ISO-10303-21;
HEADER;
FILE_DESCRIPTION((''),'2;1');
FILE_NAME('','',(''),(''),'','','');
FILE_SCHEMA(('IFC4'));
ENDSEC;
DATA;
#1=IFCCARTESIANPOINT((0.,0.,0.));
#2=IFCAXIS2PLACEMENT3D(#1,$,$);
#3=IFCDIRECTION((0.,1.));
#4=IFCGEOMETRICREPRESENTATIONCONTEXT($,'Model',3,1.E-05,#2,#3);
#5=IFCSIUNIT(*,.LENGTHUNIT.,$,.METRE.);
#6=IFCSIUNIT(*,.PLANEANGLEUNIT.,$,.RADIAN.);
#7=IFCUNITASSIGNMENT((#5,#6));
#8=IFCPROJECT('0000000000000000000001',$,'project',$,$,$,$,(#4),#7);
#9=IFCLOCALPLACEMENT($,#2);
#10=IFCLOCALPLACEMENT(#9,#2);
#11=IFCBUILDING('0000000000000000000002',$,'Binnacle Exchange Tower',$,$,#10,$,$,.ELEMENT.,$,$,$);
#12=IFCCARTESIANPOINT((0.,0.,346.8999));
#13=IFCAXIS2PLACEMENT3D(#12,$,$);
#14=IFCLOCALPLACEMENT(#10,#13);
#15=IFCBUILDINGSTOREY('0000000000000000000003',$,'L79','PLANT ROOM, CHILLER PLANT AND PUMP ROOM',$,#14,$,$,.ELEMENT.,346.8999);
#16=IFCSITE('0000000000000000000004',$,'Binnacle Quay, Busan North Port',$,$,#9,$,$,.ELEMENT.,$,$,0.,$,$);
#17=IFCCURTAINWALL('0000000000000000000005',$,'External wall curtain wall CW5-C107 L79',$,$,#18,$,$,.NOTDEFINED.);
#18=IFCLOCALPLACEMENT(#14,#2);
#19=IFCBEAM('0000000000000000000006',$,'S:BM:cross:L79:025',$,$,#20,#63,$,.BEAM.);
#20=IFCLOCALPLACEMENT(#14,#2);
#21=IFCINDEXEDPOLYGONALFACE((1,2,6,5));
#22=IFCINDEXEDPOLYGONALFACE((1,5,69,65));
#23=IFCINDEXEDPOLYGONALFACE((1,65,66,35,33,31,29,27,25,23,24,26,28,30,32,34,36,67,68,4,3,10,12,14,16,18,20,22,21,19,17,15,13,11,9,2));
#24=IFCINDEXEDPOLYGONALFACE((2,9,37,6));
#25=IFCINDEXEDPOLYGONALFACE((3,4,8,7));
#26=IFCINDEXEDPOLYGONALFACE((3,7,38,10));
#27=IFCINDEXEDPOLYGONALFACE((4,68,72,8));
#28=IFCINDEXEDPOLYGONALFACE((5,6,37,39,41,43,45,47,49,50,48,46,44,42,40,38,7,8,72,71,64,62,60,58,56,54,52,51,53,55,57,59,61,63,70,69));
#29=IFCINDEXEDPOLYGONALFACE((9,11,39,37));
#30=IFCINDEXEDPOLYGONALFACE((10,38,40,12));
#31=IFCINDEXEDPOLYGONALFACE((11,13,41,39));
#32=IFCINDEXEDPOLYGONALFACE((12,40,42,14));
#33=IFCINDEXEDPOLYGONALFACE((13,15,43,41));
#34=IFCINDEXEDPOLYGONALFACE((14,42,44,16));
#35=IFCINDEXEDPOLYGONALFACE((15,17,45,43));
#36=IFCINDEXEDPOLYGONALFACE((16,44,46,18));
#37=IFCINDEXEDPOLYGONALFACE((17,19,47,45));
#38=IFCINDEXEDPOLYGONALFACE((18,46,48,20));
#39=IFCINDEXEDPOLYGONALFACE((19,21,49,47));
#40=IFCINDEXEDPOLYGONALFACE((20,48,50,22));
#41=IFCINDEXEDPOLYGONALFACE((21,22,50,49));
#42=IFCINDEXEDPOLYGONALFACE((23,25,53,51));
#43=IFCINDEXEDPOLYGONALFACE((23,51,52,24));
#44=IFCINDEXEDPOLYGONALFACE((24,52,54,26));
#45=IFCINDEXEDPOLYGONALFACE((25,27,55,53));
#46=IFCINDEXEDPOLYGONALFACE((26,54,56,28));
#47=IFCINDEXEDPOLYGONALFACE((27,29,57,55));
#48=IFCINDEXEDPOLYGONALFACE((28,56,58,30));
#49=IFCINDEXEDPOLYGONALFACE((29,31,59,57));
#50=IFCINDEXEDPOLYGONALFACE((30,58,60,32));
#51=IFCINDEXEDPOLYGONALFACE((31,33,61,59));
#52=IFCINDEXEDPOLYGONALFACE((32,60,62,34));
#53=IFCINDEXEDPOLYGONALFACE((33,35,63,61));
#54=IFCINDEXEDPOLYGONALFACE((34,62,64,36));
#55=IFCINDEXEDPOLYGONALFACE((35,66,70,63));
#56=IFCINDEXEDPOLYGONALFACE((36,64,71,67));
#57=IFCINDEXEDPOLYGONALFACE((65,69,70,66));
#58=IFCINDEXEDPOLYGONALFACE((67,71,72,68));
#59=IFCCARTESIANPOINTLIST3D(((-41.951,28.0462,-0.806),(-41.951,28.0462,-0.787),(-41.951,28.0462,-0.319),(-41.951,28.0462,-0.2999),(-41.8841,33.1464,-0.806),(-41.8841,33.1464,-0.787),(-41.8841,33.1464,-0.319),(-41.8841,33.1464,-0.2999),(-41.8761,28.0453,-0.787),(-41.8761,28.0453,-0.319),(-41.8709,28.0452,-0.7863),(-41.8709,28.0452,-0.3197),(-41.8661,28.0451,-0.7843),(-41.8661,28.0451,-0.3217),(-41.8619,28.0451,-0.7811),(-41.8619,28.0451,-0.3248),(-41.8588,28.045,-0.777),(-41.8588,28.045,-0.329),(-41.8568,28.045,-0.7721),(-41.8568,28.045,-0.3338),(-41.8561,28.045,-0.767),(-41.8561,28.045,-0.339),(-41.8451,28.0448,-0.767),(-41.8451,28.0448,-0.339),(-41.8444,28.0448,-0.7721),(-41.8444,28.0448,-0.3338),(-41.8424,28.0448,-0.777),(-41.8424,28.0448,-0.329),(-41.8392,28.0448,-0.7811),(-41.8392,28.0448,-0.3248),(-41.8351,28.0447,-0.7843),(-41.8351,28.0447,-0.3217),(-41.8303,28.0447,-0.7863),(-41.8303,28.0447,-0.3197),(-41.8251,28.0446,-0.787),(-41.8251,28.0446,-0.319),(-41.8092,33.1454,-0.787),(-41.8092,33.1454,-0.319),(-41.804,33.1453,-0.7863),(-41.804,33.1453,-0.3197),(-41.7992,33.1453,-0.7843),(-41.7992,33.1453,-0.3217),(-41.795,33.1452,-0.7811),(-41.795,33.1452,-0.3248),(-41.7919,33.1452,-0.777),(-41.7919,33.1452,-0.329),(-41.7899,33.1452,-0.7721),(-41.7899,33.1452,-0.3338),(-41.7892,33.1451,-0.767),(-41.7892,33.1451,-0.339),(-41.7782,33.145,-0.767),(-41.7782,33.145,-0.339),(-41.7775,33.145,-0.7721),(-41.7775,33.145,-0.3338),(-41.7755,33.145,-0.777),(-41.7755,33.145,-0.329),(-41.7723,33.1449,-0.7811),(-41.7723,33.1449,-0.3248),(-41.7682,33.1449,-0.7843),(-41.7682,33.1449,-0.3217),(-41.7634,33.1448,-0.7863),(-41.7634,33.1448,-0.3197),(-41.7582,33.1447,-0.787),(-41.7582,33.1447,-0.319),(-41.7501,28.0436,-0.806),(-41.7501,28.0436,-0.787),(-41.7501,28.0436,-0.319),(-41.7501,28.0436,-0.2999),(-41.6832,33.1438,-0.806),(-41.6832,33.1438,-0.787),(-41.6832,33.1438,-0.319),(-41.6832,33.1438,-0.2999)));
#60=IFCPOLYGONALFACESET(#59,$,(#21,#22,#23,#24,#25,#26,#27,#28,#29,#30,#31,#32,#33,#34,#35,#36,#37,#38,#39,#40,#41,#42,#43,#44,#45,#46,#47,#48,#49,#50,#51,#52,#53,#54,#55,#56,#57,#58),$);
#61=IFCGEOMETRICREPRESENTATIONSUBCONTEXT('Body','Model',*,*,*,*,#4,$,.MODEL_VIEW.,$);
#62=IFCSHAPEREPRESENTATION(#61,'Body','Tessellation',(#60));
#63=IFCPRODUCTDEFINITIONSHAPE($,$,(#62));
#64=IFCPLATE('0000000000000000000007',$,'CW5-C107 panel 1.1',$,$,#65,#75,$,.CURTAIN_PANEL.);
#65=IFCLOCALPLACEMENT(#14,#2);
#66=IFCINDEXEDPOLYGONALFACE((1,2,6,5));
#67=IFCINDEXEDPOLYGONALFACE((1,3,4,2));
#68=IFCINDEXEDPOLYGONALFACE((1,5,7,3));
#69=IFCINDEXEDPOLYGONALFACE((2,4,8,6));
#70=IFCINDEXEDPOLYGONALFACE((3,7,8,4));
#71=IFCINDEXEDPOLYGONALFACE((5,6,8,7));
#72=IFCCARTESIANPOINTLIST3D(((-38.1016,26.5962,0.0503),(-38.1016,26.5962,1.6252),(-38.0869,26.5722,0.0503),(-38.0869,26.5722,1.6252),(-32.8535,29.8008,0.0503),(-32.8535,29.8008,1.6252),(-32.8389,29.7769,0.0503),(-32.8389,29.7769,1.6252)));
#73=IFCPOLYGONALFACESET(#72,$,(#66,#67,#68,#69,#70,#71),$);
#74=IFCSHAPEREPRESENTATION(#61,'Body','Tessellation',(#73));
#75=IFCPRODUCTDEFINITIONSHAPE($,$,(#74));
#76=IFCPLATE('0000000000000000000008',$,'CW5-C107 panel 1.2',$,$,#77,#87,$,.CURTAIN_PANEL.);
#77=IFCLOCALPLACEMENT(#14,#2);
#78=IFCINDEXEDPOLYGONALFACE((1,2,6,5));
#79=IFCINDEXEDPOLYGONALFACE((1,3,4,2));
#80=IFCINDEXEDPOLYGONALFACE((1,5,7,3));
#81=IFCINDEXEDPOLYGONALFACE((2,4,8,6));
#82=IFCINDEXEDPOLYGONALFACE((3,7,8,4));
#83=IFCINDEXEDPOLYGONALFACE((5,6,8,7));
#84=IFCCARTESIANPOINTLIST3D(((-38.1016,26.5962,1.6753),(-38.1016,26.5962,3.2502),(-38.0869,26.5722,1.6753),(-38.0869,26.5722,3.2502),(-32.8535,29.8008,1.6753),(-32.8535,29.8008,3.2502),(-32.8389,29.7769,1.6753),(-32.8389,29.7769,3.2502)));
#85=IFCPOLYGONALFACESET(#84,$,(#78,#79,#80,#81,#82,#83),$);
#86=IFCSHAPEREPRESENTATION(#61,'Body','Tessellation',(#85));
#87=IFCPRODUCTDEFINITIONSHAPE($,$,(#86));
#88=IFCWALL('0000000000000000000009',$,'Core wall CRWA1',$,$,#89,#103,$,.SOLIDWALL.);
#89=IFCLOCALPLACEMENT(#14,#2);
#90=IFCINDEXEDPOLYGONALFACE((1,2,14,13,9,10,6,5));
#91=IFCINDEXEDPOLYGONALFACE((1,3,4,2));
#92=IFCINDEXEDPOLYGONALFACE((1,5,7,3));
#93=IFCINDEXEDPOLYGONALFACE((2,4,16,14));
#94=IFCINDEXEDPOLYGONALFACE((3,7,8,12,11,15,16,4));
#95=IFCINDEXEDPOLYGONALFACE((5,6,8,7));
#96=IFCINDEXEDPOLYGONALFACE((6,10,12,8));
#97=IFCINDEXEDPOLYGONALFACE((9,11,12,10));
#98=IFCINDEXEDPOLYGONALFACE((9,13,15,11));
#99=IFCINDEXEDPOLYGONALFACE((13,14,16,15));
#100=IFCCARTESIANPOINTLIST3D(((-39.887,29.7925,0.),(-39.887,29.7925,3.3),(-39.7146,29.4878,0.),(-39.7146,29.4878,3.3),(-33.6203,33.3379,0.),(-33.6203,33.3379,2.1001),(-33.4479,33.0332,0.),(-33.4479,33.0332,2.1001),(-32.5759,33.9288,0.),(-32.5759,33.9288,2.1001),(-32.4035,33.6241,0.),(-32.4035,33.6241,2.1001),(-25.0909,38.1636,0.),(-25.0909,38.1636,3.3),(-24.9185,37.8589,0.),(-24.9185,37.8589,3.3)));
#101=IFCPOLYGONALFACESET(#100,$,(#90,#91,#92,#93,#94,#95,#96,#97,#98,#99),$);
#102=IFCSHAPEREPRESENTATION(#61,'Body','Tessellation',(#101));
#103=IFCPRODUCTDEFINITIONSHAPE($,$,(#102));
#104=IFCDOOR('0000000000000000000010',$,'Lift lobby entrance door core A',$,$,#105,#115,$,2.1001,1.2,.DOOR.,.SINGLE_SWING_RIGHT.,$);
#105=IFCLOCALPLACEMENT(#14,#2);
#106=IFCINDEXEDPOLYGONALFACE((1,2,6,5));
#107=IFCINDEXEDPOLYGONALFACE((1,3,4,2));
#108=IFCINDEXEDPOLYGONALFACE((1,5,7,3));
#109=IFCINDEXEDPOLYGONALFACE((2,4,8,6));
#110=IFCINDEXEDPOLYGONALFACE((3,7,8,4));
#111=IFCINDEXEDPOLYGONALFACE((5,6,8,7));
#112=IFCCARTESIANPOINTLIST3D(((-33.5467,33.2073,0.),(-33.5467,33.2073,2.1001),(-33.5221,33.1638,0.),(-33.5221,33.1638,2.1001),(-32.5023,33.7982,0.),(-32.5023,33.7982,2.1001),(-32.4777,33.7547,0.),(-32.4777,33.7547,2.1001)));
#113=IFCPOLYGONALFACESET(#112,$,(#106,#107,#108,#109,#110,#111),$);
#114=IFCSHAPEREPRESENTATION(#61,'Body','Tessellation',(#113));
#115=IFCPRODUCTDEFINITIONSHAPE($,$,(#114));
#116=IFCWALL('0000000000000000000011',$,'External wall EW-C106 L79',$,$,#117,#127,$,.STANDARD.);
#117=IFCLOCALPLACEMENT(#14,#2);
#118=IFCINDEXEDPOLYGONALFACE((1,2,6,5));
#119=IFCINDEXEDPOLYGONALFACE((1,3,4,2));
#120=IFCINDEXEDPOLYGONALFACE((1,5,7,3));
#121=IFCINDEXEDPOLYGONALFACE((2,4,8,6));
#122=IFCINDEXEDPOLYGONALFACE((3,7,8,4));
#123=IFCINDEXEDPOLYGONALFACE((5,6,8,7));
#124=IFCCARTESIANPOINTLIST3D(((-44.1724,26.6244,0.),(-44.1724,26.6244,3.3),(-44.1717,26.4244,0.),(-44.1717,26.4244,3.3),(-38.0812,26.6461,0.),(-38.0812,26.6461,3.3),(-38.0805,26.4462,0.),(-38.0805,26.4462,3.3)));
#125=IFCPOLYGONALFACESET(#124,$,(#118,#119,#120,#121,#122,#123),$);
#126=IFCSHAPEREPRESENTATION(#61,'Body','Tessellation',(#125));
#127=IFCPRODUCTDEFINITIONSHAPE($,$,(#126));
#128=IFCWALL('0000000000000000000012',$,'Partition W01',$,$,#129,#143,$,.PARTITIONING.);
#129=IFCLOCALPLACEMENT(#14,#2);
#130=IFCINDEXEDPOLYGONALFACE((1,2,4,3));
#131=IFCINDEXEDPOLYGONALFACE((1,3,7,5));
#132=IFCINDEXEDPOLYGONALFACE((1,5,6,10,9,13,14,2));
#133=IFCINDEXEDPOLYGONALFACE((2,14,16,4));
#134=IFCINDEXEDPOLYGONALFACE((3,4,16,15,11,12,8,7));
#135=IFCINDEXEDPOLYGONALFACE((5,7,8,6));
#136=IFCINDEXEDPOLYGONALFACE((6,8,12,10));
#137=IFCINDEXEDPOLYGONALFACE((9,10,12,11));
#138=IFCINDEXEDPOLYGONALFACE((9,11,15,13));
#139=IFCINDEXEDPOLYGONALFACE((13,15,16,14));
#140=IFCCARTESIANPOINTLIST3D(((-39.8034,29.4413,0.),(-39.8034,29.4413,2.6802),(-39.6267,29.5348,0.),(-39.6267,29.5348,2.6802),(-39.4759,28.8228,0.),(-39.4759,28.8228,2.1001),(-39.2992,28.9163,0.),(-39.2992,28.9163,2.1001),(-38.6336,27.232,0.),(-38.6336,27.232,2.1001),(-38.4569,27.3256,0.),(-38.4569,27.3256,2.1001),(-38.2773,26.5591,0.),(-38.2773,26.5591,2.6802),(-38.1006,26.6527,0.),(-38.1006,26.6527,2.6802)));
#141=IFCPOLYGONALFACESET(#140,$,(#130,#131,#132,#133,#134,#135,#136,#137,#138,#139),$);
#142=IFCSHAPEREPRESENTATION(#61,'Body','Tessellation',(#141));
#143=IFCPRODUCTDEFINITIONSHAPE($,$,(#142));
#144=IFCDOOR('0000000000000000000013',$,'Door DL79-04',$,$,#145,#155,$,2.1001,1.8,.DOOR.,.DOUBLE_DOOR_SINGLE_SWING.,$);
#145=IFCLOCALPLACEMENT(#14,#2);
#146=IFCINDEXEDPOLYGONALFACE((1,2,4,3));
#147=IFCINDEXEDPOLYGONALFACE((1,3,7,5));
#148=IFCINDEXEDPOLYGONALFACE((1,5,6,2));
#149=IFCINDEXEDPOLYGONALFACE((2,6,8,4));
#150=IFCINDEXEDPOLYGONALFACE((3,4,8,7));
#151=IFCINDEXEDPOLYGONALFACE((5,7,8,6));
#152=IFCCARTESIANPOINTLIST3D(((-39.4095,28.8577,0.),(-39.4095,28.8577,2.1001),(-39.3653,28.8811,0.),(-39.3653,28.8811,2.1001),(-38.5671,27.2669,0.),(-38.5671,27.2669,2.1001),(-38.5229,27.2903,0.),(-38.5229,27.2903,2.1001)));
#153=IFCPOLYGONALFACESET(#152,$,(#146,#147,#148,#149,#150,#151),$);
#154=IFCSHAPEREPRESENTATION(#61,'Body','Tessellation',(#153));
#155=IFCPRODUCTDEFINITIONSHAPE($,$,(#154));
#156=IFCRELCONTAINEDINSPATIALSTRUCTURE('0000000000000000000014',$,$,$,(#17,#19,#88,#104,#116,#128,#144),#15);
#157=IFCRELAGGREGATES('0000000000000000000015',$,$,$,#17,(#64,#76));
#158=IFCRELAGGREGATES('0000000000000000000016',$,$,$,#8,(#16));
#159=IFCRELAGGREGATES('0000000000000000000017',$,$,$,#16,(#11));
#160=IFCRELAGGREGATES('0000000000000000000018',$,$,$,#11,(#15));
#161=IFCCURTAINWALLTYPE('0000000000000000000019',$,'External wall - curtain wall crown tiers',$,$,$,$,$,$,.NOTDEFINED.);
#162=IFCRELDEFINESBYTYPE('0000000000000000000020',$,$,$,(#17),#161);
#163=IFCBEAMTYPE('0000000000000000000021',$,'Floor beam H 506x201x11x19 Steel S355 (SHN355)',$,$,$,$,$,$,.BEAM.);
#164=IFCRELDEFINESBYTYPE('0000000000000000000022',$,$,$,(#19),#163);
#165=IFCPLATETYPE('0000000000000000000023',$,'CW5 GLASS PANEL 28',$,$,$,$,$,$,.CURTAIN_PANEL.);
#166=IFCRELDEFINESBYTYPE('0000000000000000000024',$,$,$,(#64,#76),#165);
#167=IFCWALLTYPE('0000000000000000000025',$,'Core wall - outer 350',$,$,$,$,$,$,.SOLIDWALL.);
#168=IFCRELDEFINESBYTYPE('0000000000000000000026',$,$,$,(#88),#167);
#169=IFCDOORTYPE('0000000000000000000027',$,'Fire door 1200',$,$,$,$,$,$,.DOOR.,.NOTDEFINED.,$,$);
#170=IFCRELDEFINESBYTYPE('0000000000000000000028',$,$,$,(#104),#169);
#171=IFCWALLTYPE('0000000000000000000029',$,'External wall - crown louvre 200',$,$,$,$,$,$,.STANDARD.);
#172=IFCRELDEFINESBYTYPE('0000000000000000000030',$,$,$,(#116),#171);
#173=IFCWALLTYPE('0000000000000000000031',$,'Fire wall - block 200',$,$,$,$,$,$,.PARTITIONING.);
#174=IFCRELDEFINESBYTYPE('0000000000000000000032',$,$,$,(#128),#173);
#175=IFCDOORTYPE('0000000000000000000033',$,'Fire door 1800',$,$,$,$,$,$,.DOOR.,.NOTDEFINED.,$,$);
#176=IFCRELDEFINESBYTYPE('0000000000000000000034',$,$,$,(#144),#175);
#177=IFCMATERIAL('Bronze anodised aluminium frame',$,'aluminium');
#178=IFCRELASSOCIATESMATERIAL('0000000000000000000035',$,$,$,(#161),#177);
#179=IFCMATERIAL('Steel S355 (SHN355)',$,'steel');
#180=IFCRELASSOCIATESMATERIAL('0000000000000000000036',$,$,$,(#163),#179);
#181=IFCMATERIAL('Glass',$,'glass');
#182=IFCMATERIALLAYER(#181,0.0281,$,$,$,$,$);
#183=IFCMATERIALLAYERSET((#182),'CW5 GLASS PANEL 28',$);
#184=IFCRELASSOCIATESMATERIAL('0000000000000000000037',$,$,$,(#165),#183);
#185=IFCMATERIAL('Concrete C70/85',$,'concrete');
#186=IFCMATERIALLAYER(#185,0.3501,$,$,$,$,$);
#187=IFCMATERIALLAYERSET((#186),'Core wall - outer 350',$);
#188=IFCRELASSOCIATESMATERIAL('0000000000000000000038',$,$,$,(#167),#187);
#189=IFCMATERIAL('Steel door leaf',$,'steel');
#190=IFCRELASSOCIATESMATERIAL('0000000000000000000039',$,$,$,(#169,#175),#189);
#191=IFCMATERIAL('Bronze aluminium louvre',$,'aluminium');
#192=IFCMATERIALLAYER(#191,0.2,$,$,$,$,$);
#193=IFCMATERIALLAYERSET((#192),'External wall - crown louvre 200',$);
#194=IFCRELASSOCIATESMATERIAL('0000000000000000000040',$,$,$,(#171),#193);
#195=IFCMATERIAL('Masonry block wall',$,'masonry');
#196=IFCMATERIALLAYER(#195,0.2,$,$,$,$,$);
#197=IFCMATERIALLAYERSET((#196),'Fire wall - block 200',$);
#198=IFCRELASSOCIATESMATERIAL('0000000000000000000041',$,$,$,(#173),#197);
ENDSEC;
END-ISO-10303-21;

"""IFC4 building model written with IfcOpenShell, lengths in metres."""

from ifc_helpers import new_model, si_unit, direction, frame, frame_2d, origin, origin_2d, place, context, subcontext, project, spatial, rectangle, i_section, extrude, material, layer, layer_set, material_profile, profile_set, type_object, element, fill, aggregate, save


model = new_model("IFC4")

# Units and contexts
model_context = context("Model", 3, precision=1e-05, world=origin(), true_north=direction((0.0, 1.0)))
body_context = subcontext(model_context, "Body", "Model", "MODEL_VIEW")
ifc_project = project(units=[si_unit("LENGTHUNIT", "METRE"), si_unit("PLANEANGLEUNIT", "RADIAN")], contexts=[model_context])

# Site, building, storey
site_placement = place(None, origin())
site = spatial("IfcSite", under=ifc_project, at=site_placement, Name="Binnacle Quay, Busan North Port", CompositionType="ELEMENT", RefElevation=0.0)
building_placement = place(site_placement, origin())
building = spatial("IfcBuilding", under=site, at=building_placement, Name="Binnacle Exchange Tower", CompositionType="ELEMENT")
storey_placement = place(building_placement, frame((0.0, 0.0, 346.8999)))
storey = spatial("IfcBuildingStorey", under=building, at=storey_placement, Name="L79", Description="PLANT ROOM, CHILLER PLANT AND PUMP ROOM", CompositionType="ELEMENT", Elevation=346.8999)

# Shared definitions
ifc_material_1 = material(Name="Steel S355 (SHN355)", Category="steel")

# Curtain wall
ifc_material_2 = material(Name="Bronze anodised aluminium frame", Category="aluminium")
curtain_wall_type = type_object("IfcCurtainWallType", Name="External wall - curtain wall crown tiers", PredefinedType="NOTDEFINED", material=ifc_material_2)
curtain_wall_placement = place(storey_placement, origin())
curtain_wall = element("IfcCurtainWall", 1, at=curtain_wall_placement, inside=storey, type_object=curtain_wall_type, Name="External wall curtain wall CW5-C107 L79", PredefinedType="NOTDEFINED")

# Beam
ifc_material_profile_1 = material_profile(ifc_material_1, i_section(OverallWidth=0.2009, OverallDepth=0.5061, WebThickness=0.011, FlangeThickness=0.019, FilletRadius=0.02, at=origin_2d()), Name="H 506x201x11x19")
ifc_profile_set_1 = profile_set([ifc_material_profile_1], Name="Steel S355 (SHN355)")
beam_type_1 = type_object("IfcBeamType", Name="Floor beam H 506x201x11x19 Steel S355 (SHN355)", PredefinedType="BEAM", material=ifc_profile_set_1)
beam_1_placement = place(storey_placement, frame((-41.8506, 28.0449, -0.553), z_axis=(0.013115, 0.999914, 0.0), x_axis=(-0.999914, 0.013115, 0.0)))
element("IfcBeam", 2, at=beam_1_placement, inside=storey, type_object=beam_type_1, Name="S:BM:cross:L79:025", PredefinedType="BEAM", context=body_context, shape_type="SweptSolid", body=[
    extrude(i_section(OverallWidth=0.2009, OverallDepth=0.5061, WebThickness=0.011, FlangeThickness=0.019, FilletRadius=0.02, at=origin_2d()), origin(), (0.0, 0.0, 1.0), 5.1006),
])

# Plates
ifc_material_3 = material(Name="Glass", Category="glass")
ifc_layer_1 = layer(ifc_material_3, 0.0281)
ifc_layer_set_1 = layer_set([ifc_layer_1], Name="CW5 GLASS PANEL 28")
plate_type = type_object("IfcPlateType", Name="CW5 GLASS PANEL 28", PredefinedType="CURTAIN_PANEL", material=ifc_layer_set_1)
plate_1_placement = place(storey_placement, frame((-35.4702, 28.1865, 0.0503), z_axis=(0.0, 0.0, 1.0), x_axis=(0.853461, 0.521157, 0.0)))
plate_1 = element("IfcPlate", 3, at=plate_1_placement, type_object=plate_type, Name="CW5-C107 panel 1.1", PredefinedType="CURTAIN_PANEL", context=body_context, shape_type="SweptSolid", body=[
    extrude(rectangle(XDim=6.1492, YDim=0.0281, at=origin_2d()), origin(), (0.0, 0.0, 1.0), 1.575),
])
plate_2_placement = place(storey_placement, frame((-35.4702, 28.1865, 1.6753), z_axis=(0.0, 0.0, 1.0), x_axis=(0.853461, 0.521157, 0.0)))
plate_2 = element("IfcPlate", 4, at=plate_2_placement, type_object=plate_type, Name="CW5-C107 panel 1.2", PredefinedType="CURTAIN_PANEL", context=body_context, shape_type="SweptSolid", body=[
    extrude(rectangle(XDim=6.1492, YDim=0.0281, at=origin_2d()), origin(), (0.0, 0.0, 1.0), 1.575),
])
aggregate(curtain_wall, [plate_1, plate_2])

# Wall, opening, door
ifc_material_4 = material(Name="Concrete C70/85", Category="concrete")
ifc_layer_2 = layer(ifc_material_4, 0.3501)
ifc_layer_set_2 = layer_set([ifc_layer_2], Name="Core wall - outer 350")
wall_type_1 = type_object("IfcWallType", Name="Core wall - outer 350", PredefinedType="SOLIDWALL", material=ifc_layer_set_2)
wall_1_placement = place(storey_placement, frame((-39.8008, 29.6401, 0.0), z_axis=(0.0, 0.0, 1.0), x_axis=(0.87036, 0.492416, 0.0)))
wall_1 = element("IfcWall", 5, at=wall_1_placement, inside=storey, type_object=wall_type_1, Name="Core wall CRWA1", PredefinedType="SOLIDWALL", context=body_context, shape_type="SweptSolid", body=[
    extrude(rectangle(XDim=17.0, YDim=0.3501, at=frame_2d((8.5, 0.0))), origin(), (0.0, 0.0, 1.0), 3.3),
])
opening_1_placement = place(wall_1_placement, frame((7.2, 0.0, 0.0)))
opening_1 = element("IfcOpeningElement", 6, at=opening_1_placement, cuts=wall_1, PredefinedType="OPENING", context=body_context, shape_type="SweptSolid", body=[
    extrude(rectangle(XDim=1.2, YDim=2.1001, at=frame_2d((0.6001, 1.05))), frame((0.0, 0.1851, 0.0), z_axis=(0.0, -1.0, 0.0), x_axis=(1.0, 0.0, 0.0)), (0.0, 0.0, 1.0), 0.3701),
])
ifc_material_5 = material(Name="Steel door leaf", Category="steel")
door_type_1 = type_object("IfcDoorType", Name="Fire door 1200", OperationType="NOTDEFINED", PredefinedType="DOOR", material=ifc_material_5)
door_1_placement = place(opening_1_placement, frame((1.2, 0.0, 0.0), z_axis=(0.0, 0.0, 1.0), x_axis=(-1.0, 0.0, 0.0)))
door_1 = element("IfcDoor", 7, at=door_1_placement, inside=storey, type_object=door_type_1, Name="Lift lobby entrance door core A", OperationType="SINGLE_SWING_RIGHT", OverallHeight=2.1001, OverallWidth=1.2, PredefinedType="DOOR", context=body_context, shape_type="SweptSolid", body=[
    extrude(rectangle(XDim=1.2, YDim=2.1001, at=frame_2d((0.6001, 1.05))), frame((0.0, 0.0249, 0.0), z_axis=(0.0, -1.0, 0.0), x_axis=(1.0, 0.0, 0.0)), (0.0, 0.0, 1.0), 0.05),
])
fill(opening_1, door_1)

# Wall
ifc_material_6 = material(Name="Bronze aluminium louvre", Category="aluminium")
ifc_layer_3 = layer(ifc_material_6, 0.2)
ifc_layer_set_3 = layer_set([ifc_layer_3], Name="External wall - crown louvre 200")
wall_type_2 = type_object("IfcWallType", Name="External wall - crown louvre 200", PredefinedType="STANDARD", material=ifc_layer_set_3)
wall_2_placement = place(storey_placement, frame((-38.0808, 26.5461, 0.0), z_axis=(0.0, 0.0, 1.0), x_axis=(-0.999994, -0.003567, 0.0)))
element("IfcWall", 8, at=wall_2_placement, inside=storey, type_object=wall_type_2, Name="External wall EW-C106 L79", PredefinedType="STANDARD", context=body_context, shape_type="SweptSolid", body=[
    extrude(rectangle(XDim=6.0913, YDim=0.2, at=frame_2d((3.0457, 0.0))), origin(), (0.0, 0.0, 1.0), 3.3),
])

# Wall, opening, door
ifc_material_7 = material(Name="Masonry block wall", Category="masonry")
ifc_layer_4 = layer(ifc_material_7, 0.2)
ifc_layer_set_4 = layer_set([ifc_layer_4], Name="Fire wall - block 200")
wall_type_3 = type_object("IfcWallType", Name="Fire wall - block 200", PredefinedType="PARTITIONING", material=ifc_layer_set_4)
wall_3_placement = place(storey_placement, frame((-39.7151, 29.488, 0.0), z_axis=(0.0, 0.0, 1.0), x_axis=(0.467963, -0.883748, 0.0)))
wall_3 = element("IfcWall", 9, at=wall_3_placement, inside=storey, type_object=wall_type_3, Name="Partition W01", PredefinedType="PARTITIONING", context=body_context, shape_type="SweptSolid", body=[
    extrude(rectangle(XDim=3.2612, YDim=0.2, at=frame_2d((1.6306, 0.0))), origin(), (0.0, 0.0, 1.0), 2.6802),
])
opening_2_placement = place(wall_3_placement, frame((0.7, 0.0, 0.0)))
opening_2 = element("IfcOpeningElement", 10, at=opening_2_placement, cuts=wall_3, PredefinedType="OPENING", context=body_context, shape_type="SweptSolid", body=[
    extrude(rectangle(XDim=1.8, YDim=2.1001, at=frame_2d((0.8999, 1.05))), frame((0.0, 0.1099, 0.0), z_axis=(0.0, -1.0, 0.0), x_axis=(1.0, 0.0, 0.0)), (0.0, 0.0, 1.0), 0.22),
])
door_type_2 = type_object("IfcDoorType", Name="Fire door 1800", OperationType="NOTDEFINED", PredefinedType="DOOR", material=ifc_material_5)
door_2_placement = place(opening_2_placement, frame((1.8, 0.0, 0.0), z_axis=(0.0, 0.0, 1.0), x_axis=(-1.0, 0.0, 0.0)))
door_2 = element("IfcDoor", 11, at=door_2_placement, inside=storey, type_object=door_type_2, Name="Door DL79-04", OperationType="DOUBLE_DOOR_SINGLE_SWING", OverallHeight=2.1001, OverallWidth=1.8, PredefinedType="DOOR", context=body_context, shape_type="SweptSolid", body=[
    extrude(rectangle(XDim=1.8, YDim=2.1001, at=frame_2d((0.8999, 1.05))), frame((0.0, 0.0249, 0.0), z_axis=(0.0, -1.0, 0.0), x_axis=(1.0, 0.0, 0.0)), (0.0, 0.0, 1.0), 0.05),
])
fill(opening_2, door_2)

save(model, "model.ifc")
